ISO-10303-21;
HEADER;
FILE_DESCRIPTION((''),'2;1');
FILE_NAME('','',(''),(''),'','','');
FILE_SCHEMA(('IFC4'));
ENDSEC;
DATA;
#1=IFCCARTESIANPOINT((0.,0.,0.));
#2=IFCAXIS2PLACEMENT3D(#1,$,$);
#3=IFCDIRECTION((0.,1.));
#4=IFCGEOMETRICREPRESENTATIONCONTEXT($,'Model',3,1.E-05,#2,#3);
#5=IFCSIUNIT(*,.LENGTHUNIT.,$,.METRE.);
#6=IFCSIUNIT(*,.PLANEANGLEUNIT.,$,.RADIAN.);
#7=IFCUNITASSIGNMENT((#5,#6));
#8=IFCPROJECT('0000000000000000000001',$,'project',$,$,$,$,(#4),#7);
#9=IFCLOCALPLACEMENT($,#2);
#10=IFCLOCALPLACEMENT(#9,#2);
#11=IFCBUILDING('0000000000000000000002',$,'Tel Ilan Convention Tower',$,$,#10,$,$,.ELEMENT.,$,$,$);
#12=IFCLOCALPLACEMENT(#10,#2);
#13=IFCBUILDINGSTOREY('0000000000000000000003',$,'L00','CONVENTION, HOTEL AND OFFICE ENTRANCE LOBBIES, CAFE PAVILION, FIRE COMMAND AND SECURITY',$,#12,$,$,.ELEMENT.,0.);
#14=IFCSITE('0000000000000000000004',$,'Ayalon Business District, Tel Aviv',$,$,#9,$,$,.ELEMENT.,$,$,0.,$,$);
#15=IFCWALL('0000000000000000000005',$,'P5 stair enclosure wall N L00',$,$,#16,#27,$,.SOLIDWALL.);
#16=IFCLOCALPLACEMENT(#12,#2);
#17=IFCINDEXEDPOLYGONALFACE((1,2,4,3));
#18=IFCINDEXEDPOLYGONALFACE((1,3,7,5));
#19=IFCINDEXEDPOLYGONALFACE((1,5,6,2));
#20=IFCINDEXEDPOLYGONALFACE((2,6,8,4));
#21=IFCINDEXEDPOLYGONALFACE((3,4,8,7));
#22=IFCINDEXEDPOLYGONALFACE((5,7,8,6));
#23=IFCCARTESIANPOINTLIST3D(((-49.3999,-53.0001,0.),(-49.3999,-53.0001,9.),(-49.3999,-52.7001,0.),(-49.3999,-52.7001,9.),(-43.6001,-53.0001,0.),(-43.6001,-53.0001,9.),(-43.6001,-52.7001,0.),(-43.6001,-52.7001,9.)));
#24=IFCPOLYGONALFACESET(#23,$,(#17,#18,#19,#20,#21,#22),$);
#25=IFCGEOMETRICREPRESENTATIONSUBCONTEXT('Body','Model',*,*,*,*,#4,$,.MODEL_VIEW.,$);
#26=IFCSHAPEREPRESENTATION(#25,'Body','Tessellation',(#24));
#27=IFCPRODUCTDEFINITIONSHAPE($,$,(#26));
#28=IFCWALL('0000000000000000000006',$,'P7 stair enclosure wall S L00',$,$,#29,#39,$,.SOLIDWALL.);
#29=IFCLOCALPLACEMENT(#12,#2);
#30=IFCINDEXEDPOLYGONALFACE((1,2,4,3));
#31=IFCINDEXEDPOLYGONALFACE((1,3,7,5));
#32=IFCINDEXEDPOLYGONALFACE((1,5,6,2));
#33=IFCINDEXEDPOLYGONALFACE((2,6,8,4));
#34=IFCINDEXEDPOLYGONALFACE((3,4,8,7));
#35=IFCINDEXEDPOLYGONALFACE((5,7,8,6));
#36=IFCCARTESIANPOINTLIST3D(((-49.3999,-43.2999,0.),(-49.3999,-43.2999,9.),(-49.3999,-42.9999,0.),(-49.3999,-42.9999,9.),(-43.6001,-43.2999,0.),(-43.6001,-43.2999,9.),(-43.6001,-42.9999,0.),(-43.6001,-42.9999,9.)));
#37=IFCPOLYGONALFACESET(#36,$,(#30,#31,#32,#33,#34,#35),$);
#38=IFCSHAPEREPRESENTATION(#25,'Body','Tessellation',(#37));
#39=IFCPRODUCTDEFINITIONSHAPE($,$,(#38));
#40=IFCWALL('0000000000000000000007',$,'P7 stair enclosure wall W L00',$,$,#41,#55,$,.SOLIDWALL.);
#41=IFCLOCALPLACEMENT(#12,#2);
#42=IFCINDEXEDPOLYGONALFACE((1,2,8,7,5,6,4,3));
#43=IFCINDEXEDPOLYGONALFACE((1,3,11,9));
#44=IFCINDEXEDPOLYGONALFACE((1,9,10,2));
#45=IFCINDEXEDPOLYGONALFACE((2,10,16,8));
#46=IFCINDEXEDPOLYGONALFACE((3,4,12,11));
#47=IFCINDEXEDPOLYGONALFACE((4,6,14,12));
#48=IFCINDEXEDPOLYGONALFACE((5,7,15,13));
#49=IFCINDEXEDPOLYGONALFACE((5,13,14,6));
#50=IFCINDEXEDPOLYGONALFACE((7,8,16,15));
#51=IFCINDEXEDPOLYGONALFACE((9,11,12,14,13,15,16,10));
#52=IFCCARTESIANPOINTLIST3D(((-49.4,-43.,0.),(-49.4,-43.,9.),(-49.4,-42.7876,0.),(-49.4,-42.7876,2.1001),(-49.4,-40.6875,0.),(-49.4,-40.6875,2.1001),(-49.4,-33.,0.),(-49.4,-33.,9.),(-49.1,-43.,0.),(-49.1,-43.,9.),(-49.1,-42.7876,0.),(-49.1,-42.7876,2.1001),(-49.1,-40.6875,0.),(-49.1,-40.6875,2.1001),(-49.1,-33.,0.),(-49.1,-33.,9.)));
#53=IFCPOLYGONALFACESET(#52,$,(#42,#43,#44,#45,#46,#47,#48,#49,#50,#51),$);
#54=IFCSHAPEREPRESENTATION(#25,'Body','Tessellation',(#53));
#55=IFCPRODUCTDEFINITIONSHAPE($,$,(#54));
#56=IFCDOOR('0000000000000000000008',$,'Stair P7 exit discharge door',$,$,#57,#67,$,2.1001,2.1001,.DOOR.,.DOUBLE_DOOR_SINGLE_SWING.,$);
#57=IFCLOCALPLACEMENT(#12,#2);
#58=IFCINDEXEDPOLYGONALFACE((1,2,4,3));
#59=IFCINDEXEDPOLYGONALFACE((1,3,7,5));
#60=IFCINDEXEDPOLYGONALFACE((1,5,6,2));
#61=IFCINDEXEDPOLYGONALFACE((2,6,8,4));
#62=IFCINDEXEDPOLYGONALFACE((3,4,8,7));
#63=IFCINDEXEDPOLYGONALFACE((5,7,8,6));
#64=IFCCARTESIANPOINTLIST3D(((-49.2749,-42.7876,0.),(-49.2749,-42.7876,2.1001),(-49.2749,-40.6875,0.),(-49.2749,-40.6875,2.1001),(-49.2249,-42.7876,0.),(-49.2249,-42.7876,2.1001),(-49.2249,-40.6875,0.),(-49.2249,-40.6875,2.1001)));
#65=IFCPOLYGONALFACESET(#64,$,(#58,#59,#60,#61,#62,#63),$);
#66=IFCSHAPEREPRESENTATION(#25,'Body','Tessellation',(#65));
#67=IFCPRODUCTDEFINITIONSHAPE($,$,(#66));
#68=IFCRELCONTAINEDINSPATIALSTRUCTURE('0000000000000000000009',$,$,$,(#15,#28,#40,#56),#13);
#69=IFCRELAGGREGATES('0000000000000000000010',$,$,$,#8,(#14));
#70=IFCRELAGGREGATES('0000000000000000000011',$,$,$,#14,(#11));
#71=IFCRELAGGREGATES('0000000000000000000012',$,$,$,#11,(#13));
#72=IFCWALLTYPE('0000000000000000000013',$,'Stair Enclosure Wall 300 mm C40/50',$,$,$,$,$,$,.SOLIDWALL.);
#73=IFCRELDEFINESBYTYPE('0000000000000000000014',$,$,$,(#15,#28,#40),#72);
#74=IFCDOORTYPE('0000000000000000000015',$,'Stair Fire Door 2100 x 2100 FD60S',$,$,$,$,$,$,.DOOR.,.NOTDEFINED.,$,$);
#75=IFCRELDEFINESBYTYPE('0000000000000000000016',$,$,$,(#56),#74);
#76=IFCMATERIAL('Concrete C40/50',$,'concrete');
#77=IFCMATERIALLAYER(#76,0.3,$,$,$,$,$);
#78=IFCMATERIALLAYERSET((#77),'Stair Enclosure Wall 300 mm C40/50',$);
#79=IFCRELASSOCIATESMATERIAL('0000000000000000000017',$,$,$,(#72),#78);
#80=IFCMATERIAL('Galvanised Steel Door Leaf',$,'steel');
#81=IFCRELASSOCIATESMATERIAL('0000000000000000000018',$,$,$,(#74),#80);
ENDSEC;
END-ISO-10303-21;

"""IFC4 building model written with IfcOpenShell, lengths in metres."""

from ifc_helpers import new_model, si_unit, direction, frame, frame_2d, origin, place, context, subcontext, project, spatial, rectangle, extrude, material, layer, layer_set, type_object, element, fill, save


model = new_model("IFC4")

# Units and contexts
model_context = context("Model", 3, precision=1e-05, world=origin(), true_north=direction((0.0, 1.0)))
body_context = subcontext(model_context, "Body", "Model", "MODEL_VIEW")
ifc_project = project(units=[si_unit("LENGTHUNIT", "METRE"), si_unit("PLANEANGLEUNIT", "RADIAN")], contexts=[model_context])

# Site, building, storey
site_placement = place(None, origin())
site = spatial("IfcSite", under=ifc_project, at=site_placement, Name="Ayalon Business District, Tel Aviv", CompositionType="ELEMENT", RefElevation=0.0)
building_placement = place(site_placement, origin())
building = spatial("IfcBuilding", under=site, at=building_placement, Name="Tel Ilan Convention Tower", CompositionType="ELEMENT")
storey_placement = place(building_placement, origin())
storey = spatial("IfcBuildingStorey", under=building, at=storey_placement, Name="L00", Description="CONVENTION, HOTEL AND OFFICE ENTRANCE LOBBIES, CAFE PAVILION, FIRE COMMAND AND SECURITY", CompositionType="ELEMENT", Elevation=0.0)

# Walls
ifc_material_1 = material(Name="Concrete C40/50", Category="concrete")
ifc_layer = layer(ifc_material_1, 0.3)
ifc_layer_set = layer_set([ifc_layer], Name="Stair Enclosure Wall 300 mm C40/50")
wall_type = type_object("IfcWallType", Name="Stair Enclosure Wall 300 mm C40/50", PredefinedType="SOLIDWALL", material=ifc_layer_set)
for number, where, z_axis, x_axis, name in (
    (1, (-49.3999, -52.8501, 0.0), (0.0, 0.0, 1.0), (1.0, 0.0, 0.0), "P5 stair enclosure wall N L00"),
    (2, (-49.3999, -43.1499, 0.0), (0.0, 0.0, 1.0), (1.0, 0.0, 0.0), "P7 stair enclosure wall S L00"),
):
    element("IfcWall", number, at=place(storey_placement, frame(where, z_axis=z_axis, x_axis=x_axis)), inside=storey, type_object=wall_type, Name=name, PredefinedType="SOLIDWALL", context=body_context, shape_type="SweptSolid", body=[
        extrude(rectangle(XDim=5.7998, YDim=0.3, at=frame_2d((2.8999, 0.0))), origin(), (0.0, 0.0, 1.0), 9.0),
    ])

# Wall, opening, door
wall_placement = place(storey_placement, frame((-49.25, -43.0, 0.0), z_axis=(0.0, 0.0, 1.0), x_axis=(0.0, 1.0, 0.0)))
wall = element("IfcWall", 3, at=wall_placement, inside=storey, type_object=wall_type, Name="P7 stair enclosure wall W L00", PredefinedType="SOLIDWALL", context=body_context, shape_type="SweptSolid", body=[
    extrude(rectangle(XDim=10.0, YDim=0.3, at=frame_2d((5.0, 0.0))), origin(), (0.0, 0.0, 1.0), 9.0),
])
opening_placement = place(wall_placement, frame((0.2124, 0.0, 0.0)))
opening = element("IfcOpeningElement", 4, at=opening_placement, cuts=wall, PredefinedType="OPENING", context=body_context, shape_type="SweptSolid", body=[
    extrude(rectangle(XDim=2.1001, YDim=2.1001, at=frame_2d((1.05, 1.05))), frame((0.0, 0.1599, 0.0), z_axis=(0.0, -1.0, 0.0), x_axis=(1.0, 0.0, 0.0)), (0.0, 0.0, 1.0), 0.3201),
])
ifc_material_2 = material(Name="Galvanised Steel Door Leaf", Category="steel")
door_type = type_object("IfcDoorType", Name="Stair Fire Door 2100 x 2100 FD60S", OperationType="NOTDEFINED", PredefinedType="DOOR", material=ifc_material_2)
door_placement = place(opening_placement, origin())
door = element("IfcDoor", 5, at=door_placement, inside=storey, type_object=door_type, Name="Stair P7 exit discharge door", OperationType="DOUBLE_DOOR_SINGLE_SWING", OverallHeight=2.1001, OverallWidth=2.1001, PredefinedType="DOOR", context=body_context, shape_type="SweptSolid", body=[
    extrude(rectangle(XDim=2.1001, YDim=2.1001, at=frame_2d((1.05, 1.05))), frame((0.0, 0.0249, 0.0), z_axis=(0.0, -1.0, 0.0), x_axis=(1.0, 0.0, 0.0)), (0.0, 0.0, 1.0), 0.05),
])
fill(opening, door)

save(model, "model.ifc")
